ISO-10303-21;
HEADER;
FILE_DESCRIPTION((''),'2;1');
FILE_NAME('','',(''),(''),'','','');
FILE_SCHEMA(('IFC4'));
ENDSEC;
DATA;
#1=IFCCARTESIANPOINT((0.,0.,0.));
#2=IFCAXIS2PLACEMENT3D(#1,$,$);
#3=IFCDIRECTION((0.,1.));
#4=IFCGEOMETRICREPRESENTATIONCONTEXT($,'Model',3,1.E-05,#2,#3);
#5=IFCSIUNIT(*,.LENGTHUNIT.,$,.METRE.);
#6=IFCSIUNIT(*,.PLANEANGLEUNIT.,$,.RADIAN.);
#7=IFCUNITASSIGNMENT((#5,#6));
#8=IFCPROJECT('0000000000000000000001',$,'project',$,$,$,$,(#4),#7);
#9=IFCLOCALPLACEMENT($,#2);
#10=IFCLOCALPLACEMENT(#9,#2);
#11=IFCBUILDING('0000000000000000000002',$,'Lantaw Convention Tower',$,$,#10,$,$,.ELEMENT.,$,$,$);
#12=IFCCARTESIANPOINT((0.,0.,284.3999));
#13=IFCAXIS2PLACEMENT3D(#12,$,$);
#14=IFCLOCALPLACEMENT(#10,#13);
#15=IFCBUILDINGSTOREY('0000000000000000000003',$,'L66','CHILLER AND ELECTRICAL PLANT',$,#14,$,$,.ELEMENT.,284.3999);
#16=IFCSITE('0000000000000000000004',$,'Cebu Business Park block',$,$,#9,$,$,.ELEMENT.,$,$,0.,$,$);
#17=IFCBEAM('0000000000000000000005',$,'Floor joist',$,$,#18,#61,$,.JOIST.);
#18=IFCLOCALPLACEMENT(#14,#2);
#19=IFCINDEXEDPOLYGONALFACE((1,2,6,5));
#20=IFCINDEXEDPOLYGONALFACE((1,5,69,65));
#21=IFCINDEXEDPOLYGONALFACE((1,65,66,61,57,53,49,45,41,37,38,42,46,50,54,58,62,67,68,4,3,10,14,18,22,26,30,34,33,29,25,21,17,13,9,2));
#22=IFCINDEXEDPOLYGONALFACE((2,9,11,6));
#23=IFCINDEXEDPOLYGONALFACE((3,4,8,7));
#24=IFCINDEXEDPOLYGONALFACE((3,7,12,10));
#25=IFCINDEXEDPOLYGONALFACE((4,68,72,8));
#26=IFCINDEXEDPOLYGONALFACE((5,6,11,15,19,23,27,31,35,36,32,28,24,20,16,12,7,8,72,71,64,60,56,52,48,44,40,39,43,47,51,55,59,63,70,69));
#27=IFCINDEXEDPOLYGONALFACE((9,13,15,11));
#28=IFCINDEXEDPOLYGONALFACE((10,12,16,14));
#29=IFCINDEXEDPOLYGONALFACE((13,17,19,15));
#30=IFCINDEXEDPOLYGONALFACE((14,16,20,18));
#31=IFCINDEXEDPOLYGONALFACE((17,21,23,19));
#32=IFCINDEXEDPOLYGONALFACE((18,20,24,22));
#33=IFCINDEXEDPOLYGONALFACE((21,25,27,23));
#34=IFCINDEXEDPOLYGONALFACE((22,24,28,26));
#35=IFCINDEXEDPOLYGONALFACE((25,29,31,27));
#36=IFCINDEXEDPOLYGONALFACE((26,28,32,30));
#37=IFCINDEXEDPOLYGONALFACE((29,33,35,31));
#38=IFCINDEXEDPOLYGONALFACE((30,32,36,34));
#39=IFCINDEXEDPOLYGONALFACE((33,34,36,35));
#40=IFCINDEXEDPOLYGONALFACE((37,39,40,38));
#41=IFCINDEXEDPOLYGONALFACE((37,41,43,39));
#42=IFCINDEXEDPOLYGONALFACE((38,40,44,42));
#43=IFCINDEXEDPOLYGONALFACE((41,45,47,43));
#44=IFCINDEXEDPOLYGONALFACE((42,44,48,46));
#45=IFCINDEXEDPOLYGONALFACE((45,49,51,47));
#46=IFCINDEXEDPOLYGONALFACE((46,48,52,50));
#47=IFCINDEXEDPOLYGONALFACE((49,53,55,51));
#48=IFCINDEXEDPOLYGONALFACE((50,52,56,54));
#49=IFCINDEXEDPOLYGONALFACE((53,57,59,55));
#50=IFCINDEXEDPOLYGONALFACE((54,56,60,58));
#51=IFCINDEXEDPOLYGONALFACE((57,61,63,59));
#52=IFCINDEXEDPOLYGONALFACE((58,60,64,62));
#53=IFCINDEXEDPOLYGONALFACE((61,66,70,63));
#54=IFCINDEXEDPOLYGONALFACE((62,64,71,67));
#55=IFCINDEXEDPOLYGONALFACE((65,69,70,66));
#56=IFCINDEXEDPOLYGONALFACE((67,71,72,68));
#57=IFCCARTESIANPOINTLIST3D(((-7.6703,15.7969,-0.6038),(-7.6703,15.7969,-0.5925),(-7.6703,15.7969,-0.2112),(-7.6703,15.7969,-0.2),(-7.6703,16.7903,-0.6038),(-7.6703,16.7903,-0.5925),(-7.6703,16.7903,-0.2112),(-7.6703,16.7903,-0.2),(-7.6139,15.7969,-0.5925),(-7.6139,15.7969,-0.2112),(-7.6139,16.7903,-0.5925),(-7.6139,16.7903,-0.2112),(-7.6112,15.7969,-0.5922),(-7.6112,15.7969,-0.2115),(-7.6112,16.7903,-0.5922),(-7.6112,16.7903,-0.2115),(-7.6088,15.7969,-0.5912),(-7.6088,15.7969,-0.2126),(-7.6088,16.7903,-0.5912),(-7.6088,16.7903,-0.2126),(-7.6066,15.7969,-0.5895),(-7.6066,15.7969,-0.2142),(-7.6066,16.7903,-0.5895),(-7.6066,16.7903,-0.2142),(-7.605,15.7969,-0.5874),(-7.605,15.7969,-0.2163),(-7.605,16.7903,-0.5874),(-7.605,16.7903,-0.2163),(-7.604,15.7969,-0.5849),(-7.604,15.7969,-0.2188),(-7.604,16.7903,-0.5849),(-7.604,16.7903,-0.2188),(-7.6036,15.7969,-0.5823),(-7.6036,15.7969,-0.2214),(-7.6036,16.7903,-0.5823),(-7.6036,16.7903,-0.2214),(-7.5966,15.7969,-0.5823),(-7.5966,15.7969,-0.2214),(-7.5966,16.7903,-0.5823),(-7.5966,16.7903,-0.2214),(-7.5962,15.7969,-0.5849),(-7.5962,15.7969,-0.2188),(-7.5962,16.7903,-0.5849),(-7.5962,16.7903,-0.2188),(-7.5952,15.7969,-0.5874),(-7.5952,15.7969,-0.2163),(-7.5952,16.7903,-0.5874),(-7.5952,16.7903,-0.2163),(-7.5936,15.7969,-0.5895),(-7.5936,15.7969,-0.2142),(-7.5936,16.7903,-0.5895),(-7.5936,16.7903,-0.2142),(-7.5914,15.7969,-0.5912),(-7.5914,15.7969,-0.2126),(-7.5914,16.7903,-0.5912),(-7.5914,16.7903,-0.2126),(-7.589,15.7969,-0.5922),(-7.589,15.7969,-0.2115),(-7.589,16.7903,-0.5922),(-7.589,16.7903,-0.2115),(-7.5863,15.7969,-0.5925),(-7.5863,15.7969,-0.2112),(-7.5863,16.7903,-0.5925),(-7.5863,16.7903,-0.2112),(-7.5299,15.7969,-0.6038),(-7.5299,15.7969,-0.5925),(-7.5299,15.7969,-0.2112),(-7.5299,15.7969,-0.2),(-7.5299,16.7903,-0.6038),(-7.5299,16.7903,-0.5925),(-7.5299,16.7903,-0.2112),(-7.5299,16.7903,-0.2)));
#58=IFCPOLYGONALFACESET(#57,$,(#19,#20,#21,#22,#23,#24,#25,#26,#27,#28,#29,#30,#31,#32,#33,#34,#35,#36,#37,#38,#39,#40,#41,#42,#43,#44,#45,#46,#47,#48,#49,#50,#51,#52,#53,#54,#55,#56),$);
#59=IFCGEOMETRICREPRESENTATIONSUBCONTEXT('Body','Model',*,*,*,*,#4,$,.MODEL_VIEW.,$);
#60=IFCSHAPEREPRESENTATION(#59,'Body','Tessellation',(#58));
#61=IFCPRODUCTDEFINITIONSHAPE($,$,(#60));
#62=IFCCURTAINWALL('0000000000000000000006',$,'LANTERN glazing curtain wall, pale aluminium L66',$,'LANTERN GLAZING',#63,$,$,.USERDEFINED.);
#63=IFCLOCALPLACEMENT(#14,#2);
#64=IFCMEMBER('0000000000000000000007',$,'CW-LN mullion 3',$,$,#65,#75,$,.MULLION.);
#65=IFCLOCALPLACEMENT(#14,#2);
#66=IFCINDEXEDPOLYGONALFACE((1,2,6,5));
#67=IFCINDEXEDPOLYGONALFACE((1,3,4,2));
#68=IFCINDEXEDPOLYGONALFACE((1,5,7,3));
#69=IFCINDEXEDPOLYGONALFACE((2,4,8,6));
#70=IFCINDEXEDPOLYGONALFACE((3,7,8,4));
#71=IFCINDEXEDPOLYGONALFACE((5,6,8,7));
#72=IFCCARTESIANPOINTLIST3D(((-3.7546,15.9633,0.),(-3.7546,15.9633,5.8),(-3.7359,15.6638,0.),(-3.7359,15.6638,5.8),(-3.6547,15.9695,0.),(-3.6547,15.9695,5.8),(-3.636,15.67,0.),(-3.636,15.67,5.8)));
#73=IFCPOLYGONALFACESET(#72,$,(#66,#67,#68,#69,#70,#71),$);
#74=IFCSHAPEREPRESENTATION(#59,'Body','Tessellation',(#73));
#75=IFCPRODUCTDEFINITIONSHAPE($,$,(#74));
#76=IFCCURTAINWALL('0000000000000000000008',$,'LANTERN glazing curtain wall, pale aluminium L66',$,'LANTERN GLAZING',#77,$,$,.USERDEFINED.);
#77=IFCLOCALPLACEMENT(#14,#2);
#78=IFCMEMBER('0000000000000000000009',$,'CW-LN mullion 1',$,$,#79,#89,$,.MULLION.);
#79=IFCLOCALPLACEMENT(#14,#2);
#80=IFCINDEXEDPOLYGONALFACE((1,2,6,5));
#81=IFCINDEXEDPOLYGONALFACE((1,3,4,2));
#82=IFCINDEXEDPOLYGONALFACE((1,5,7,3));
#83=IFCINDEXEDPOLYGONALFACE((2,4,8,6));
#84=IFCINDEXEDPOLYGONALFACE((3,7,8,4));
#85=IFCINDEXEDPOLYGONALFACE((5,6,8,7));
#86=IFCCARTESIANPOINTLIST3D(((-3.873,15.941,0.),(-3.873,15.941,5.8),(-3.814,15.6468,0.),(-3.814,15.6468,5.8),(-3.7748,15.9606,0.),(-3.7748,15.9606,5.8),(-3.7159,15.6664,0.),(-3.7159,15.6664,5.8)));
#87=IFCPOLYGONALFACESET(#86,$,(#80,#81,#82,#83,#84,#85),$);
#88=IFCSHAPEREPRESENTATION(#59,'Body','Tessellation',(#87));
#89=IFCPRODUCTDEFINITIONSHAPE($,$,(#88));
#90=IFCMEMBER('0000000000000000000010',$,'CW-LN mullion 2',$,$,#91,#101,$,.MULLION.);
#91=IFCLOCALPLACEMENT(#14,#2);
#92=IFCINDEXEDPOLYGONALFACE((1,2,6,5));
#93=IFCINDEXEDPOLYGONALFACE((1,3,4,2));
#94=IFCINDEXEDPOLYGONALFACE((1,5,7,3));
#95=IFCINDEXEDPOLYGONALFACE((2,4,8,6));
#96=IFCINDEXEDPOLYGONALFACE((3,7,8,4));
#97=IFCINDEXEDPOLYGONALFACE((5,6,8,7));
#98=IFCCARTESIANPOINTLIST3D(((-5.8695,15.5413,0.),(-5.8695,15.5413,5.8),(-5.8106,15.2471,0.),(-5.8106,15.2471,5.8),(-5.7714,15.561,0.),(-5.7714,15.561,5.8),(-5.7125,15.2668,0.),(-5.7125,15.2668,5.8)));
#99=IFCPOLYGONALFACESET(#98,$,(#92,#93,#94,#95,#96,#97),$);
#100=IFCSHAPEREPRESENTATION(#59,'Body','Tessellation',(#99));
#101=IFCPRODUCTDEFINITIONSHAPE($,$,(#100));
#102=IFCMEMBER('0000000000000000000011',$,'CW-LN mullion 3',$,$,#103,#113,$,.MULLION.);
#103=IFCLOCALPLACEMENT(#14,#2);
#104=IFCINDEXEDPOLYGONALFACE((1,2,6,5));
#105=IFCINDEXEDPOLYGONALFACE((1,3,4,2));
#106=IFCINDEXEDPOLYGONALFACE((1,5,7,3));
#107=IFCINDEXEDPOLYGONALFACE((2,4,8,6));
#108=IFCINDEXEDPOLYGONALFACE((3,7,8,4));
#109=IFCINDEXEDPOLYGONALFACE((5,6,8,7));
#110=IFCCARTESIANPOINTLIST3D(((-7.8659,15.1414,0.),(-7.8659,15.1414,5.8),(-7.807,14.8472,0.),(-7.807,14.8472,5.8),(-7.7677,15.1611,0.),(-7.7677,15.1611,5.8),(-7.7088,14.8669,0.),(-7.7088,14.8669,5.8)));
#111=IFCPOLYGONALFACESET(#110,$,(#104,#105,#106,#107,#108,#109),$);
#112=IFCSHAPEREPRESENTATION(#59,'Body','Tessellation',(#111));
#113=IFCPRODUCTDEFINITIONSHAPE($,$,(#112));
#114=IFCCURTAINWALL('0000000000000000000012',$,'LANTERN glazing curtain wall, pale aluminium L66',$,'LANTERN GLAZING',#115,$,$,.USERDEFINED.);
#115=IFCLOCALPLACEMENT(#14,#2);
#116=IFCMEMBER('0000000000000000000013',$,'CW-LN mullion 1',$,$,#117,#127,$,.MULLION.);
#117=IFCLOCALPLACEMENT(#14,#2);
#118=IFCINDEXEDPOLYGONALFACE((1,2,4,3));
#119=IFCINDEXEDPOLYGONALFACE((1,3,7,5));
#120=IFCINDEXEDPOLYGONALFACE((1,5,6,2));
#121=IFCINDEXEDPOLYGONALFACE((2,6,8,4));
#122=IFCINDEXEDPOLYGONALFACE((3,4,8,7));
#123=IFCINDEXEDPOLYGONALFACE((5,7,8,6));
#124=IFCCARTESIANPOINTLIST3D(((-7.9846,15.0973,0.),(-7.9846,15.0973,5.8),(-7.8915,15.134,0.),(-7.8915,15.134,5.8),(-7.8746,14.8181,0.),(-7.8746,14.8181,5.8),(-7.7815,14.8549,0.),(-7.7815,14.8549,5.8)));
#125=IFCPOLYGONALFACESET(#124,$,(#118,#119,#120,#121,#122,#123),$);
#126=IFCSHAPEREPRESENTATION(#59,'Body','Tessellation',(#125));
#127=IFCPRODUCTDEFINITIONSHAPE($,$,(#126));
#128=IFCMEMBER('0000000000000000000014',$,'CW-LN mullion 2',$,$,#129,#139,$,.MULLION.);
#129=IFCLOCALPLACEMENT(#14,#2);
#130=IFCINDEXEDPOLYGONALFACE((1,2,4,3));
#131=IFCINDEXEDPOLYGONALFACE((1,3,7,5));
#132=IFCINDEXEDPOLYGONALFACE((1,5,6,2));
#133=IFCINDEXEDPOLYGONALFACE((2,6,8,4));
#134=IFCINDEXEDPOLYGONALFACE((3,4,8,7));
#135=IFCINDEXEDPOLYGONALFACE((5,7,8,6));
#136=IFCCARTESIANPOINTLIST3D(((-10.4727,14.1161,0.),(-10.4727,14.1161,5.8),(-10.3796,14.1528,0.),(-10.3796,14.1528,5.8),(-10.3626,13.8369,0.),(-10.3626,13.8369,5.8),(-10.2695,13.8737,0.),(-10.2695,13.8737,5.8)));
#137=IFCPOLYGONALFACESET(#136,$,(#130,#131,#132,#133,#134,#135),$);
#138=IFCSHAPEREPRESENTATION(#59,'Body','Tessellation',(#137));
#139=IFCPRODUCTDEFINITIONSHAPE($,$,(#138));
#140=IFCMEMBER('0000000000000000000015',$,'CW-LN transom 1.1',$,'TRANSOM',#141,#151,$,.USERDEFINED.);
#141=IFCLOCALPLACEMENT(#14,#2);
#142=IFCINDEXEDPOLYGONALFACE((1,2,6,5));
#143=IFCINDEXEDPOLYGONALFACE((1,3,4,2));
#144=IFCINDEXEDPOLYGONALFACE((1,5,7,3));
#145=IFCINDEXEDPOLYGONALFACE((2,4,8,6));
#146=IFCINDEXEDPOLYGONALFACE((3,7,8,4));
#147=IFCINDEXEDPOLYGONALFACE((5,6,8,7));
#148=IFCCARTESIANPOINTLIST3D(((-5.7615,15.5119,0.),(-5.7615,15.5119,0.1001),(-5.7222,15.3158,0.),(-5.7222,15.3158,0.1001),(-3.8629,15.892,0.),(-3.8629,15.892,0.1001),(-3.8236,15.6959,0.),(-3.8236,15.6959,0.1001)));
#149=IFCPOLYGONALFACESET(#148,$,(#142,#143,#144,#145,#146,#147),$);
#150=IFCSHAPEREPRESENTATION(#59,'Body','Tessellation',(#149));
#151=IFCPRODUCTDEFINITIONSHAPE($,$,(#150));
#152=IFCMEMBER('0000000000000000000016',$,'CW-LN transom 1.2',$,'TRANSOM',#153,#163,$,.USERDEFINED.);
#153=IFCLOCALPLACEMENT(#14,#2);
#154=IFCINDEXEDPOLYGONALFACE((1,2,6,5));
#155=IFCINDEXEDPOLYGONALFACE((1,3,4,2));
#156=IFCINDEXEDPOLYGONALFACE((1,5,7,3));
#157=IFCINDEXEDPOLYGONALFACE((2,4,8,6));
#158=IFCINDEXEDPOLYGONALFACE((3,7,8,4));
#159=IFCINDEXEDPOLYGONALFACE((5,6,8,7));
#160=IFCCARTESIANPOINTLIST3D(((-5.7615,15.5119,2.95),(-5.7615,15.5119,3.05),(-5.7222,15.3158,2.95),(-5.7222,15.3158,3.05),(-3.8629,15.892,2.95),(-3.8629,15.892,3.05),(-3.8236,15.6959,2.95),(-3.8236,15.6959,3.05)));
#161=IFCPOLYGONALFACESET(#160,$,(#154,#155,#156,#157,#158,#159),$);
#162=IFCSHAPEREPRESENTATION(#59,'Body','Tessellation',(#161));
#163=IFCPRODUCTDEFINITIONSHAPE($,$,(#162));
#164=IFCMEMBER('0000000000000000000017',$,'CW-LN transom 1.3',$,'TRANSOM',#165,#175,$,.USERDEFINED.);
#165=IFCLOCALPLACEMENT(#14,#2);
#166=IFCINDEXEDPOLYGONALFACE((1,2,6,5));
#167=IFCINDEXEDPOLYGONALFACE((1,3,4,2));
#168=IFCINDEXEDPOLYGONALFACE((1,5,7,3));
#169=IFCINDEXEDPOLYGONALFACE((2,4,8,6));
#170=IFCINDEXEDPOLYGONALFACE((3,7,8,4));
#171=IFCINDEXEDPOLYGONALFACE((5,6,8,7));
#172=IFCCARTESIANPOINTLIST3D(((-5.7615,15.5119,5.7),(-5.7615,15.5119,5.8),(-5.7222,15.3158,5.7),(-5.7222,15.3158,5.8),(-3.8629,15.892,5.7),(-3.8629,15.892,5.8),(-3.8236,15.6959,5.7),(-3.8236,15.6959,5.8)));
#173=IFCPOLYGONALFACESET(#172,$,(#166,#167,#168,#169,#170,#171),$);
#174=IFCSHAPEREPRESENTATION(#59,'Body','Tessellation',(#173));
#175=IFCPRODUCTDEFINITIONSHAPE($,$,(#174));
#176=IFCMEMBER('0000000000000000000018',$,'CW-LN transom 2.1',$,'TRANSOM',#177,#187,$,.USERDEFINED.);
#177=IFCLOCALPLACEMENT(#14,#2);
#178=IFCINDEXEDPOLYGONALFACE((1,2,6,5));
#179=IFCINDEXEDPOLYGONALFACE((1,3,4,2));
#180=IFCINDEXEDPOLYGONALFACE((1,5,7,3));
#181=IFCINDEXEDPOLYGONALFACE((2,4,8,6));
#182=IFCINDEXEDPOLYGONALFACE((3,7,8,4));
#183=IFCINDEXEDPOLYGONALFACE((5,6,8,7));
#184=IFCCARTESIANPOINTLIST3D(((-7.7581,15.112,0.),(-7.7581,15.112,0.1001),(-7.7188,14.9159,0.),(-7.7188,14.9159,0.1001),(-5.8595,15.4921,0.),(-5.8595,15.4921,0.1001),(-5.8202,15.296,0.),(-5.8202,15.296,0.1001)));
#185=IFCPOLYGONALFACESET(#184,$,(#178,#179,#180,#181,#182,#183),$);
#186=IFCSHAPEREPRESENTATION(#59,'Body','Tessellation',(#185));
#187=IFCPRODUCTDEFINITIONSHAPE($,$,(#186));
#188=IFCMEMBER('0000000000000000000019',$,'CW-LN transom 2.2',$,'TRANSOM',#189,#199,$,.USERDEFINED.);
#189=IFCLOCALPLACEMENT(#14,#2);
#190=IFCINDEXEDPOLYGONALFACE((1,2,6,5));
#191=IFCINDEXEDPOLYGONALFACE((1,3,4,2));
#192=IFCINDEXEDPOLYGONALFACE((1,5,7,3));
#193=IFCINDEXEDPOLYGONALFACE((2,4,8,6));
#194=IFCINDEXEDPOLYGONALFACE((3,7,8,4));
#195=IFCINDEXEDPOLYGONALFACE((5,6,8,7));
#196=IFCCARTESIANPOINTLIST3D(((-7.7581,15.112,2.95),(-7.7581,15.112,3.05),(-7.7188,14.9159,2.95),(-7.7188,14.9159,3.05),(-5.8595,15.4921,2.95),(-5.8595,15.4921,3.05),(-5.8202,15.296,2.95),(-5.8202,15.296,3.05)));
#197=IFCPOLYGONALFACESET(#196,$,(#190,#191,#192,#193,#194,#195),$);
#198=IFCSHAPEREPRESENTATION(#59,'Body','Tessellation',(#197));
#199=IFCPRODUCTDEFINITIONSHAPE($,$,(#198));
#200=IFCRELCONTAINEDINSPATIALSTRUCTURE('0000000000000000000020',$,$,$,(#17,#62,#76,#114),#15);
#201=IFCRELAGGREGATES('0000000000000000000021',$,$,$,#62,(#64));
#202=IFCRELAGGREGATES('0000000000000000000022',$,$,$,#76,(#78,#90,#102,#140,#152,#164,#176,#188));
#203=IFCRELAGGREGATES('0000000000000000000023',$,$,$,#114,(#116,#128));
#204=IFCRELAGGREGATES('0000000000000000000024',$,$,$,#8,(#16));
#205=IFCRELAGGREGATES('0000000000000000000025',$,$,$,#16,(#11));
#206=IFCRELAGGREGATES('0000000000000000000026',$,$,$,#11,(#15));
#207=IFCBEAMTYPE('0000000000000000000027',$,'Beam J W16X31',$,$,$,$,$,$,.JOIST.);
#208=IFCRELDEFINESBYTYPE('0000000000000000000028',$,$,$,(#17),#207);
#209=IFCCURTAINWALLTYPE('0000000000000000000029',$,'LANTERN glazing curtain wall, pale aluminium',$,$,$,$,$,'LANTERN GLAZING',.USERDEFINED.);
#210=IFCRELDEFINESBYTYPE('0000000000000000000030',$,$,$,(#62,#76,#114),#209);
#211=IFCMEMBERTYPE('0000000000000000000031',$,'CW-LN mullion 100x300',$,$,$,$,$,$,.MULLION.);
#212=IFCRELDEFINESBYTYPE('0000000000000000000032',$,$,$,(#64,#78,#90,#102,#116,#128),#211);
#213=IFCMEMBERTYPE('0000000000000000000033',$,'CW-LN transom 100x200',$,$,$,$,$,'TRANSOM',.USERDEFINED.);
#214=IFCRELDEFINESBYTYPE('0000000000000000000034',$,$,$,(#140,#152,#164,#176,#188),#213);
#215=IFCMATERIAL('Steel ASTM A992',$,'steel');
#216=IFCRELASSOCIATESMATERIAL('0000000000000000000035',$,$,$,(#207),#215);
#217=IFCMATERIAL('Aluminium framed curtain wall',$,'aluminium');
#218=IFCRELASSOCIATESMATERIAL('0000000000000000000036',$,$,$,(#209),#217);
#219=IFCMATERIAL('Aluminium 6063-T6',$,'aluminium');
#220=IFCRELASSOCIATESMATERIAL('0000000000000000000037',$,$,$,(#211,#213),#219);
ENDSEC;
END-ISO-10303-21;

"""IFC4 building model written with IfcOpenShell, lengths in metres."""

from ifc_helpers import new_model, si_unit, direction, frame, origin, origin_2d, place, context, subcontext, project, spatial, rectangle, i_section, extrude, material, material_profile, profile_set, type_object, element, aggregate, save


model = new_model("IFC4")

# Units and contexts
model_context = context("Model", 3, precision=1e-05, world=origin(), true_north=direction((0.0, 1.0)))
body_context = subcontext(model_context, "Body", "Model", "MODEL_VIEW")
ifc_project = project(units=[si_unit("LENGTHUNIT", "METRE"), si_unit("PLANEANGLEUNIT", "RADIAN")], contexts=[model_context])

# Site, building, storey
site_placement = place(None, origin())
site = spatial("IfcSite", under=ifc_project, at=site_placement, Name="Cebu Business Park block", CompositionType="ELEMENT", RefElevation=0.0)
building_placement = place(site_placement, origin())
building = spatial("IfcBuilding", under=site, at=building_placement, Name="Lantaw Convention Tower", CompositionType="ELEMENT")
storey_placement = place(building_placement, frame((0.0, 0.0, 284.3999)))
storey = spatial("IfcBuildingStorey", under=building, at=storey_placement, Name="L66", Description="CHILLER AND ELECTRICAL PLANT", CompositionType="ELEMENT", Elevation=284.3999)

# Beam
ifc_material_1 = material(Name="Steel ASTM A992", Category="steel")
ifc_material_profile_1 = material_profile(ifc_material_1, i_section(OverallWidth=0.1404, OverallDepth=0.4038, WebThickness=0.0071, FlangeThickness=0.0112, FilletRadius=0.0103, at=origin_2d()), Name="W16X31")
ifc_profile_set_1 = profile_set([ifc_material_profile_1], Name="Steel ASTM A992")
beam_type = type_object("IfcBeamType", Name="Beam J W16X31", PredefinedType="JOIST", material=ifc_profile_set_1)
beam_placement = place(storey_placement, frame((-7.6001, 15.7969, -0.4019), z_axis=(0.0, 1.0, 0.0), x_axis=(-1.0, 0.0, 0.0)))
element("IfcBeam", 1, at=beam_placement, inside=storey, type_object=beam_type, Name="Floor joist", PredefinedType="JOIST", context=body_context, shape_type="SweptSolid", body=[
    extrude(i_section(OverallWidth=0.1404, OverallDepth=0.4038, WebThickness=0.0071, FlangeThickness=0.0112, FilletRadius=0.0103, at=origin_2d()), origin(), (0.0, 0.0, 1.0), 0.9934),
])

# Curtain wall, member
ifc_material_2 = material(Name="Aluminium framed curtain wall", Category="aluminium")
curtain_wall_type = type_object("IfcCurtainWallType", Name="LANTERN glazing curtain wall, pale aluminium", ElementType="LANTERN GLAZING", PredefinedType="USERDEFINED", material=ifc_material_2)
curtain_wall_1_placement = place(storey_placement, origin())
curtain_wall_1 = element("IfcCurtainWall", 2, at=curtain_wall_1_placement, inside=storey, type_object=curtain_wall_type, Name="LANTERN glazing curtain wall, pale aluminium L66", ObjectType="LANTERN GLAZING", PredefinedType="USERDEFINED")
ifc_material_3 = material(Name="Aluminium 6063-T6", Category="aluminium")
ifc_material_profile_2 = material_profile(ifc_material_3, rectangle(XDim=0.3, YDim=0.1001, at=origin_2d()), Name="CW-LN mullion 100x300")
ifc_profile_set_2 = profile_set([ifc_material_profile_2], Name="Aluminium 6063-T6")
member_type_1 = type_object("IfcMemberType", Name="CW-LN mullion 100x300", PredefinedType="MULLION", material=ifc_profile_set_2)
member_1_placement = place(storey_placement, frame((-3.6953, 15.8167, 0.0), z_axis=(0.0, 0.0, 1.0), x_axis=(0.062489, -0.998046, 0.0)))
member_1 = element("IfcMember", 3, at=member_1_placement, type_object=member_type_1, Name="CW-LN mullion 3", PredefinedType="MULLION", context=body_context, shape_type="SweptSolid", body=[
    extrude(rectangle(XDim=0.3, YDim=0.1001, at=origin_2d()), origin(), (0.0, 0.0, 1.0), 5.8),
])

# Curtain walls, members
curtain_wall_2_placement = place(storey_placement, origin())
curtain_wall_2 = element("IfcCurtainWall", 4, at=curtain_wall_2_placement, inside=storey, type_object=curtain_wall_type, Name="LANTERN glazing curtain wall, pale aluminium L66", ObjectType="LANTERN GLAZING", PredefinedType="USERDEFINED")
member_2_placement = place(storey_placement, frame((-3.7944, 15.8037, 0.0), z_axis=(0.0, 0.0, 1.0), x_axis=(0.196367, -0.98053, 0.0)))
member_2 = element("IfcMember", 5, at=member_2_placement, type_object=member_type_1, Name="CW-LN mullion 1", PredefinedType="MULLION", context=body_context, shape_type="SweptSolid", body=[
    extrude(rectangle(XDim=0.3, YDim=0.1001, at=origin_2d()), origin(), (0.0, 0.0, 1.0), 5.8),
])
member_3_placement = place(storey_placement, frame((-5.791, 15.4041, 0.0), z_axis=(0.0, 0.0, 1.0), x_axis=(0.196367, -0.98053, 0.0)))
member_3 = element("IfcMember", 6, at=member_3_placement, type_object=member_type_1, Name="CW-LN mullion 2", PredefinedType="MULLION", context=body_context, shape_type="SweptSolid", body=[
    extrude(rectangle(XDim=0.3, YDim=0.1001, at=origin_2d()), origin(), (0.0, 0.0, 1.0), 5.8),
])
member_4_placement = place(storey_placement, frame((-7.7874, 15.0042, 0.0), z_axis=(0.0, 0.0, 1.0), x_axis=(0.196367, -0.98053, 0.0)))
member_4 = element("IfcMember", 7, at=member_4_placement, type_object=member_type_1, Name="CW-LN mullion 3", PredefinedType="MULLION", context=body_context, shape_type="SweptSolid", body=[
    extrude(rectangle(XDim=0.3, YDim=0.1001, at=origin_2d()), origin(), (0.0, 0.0, 1.0), 5.8),
])
curtain_wall_3_placement = place(storey_placement, origin())
curtain_wall_3 = element("IfcCurtainWall", 8, at=curtain_wall_3_placement, inside=storey, type_object=curtain_wall_type, Name="LANTERN glazing curtain wall, pale aluminium L66", ObjectType="LANTERN GLAZING", PredefinedType="USERDEFINED")
member_5_placement = place(storey_placement, frame((-7.8831, 14.9761, 0.0), z_axis=(0.0, 0.0, 1.0), x_axis=(0.366802, -0.930299, 0.0)))
member_5 = element("IfcMember", 9, at=member_5_placement, type_object=member_type_1, Name="CW-LN mullion 1", PredefinedType="MULLION", context=body_context, shape_type="SweptSolid", body=[
    extrude(rectangle(XDim=0.3, YDim=0.1001, at=origin_2d()), origin(), (0.0, 0.0, 1.0), 5.8),
])
member_6_placement = place(storey_placement, frame((-10.3711, 13.9949, 0.0), z_axis=(0.0, 0.0, 1.0), x_axis=(0.366802, -0.930299, 0.0)))
member_6 = element("IfcMember", 10, at=member_6_placement, type_object=member_type_1, Name="CW-LN mullion 2", PredefinedType="MULLION", context=body_context, shape_type="SweptSolid", body=[
    extrude(rectangle(XDim=0.3, YDim=0.1001, at=origin_2d()), origin(), (0.0, 0.0, 1.0), 5.8),
])

# Members
ifc_material_profile_3 = material_profile(ifc_material_3, rectangle(XDim=0.2, YDim=0.1001, at=origin_2d()), Name="CW-LN transom 100x200")
ifc_profile_set_3 = profile_set([ifc_material_profile_3], Name="Aluminium 6063-T6")
member_type_2 = type_object("IfcMemberType", Name="CW-LN transom 100x200", ElementType="TRANSOM", PredefinedType="USERDEFINED", material=ifc_profile_set_3)
member_7_placement = place(storey_placement, frame((-3.8433, 15.7939, 0.05), z_axis=(-0.980542, -0.19631, 0.0), x_axis=(0.19631, -0.980542, 0.0)))
member_7 = element("IfcMember", 11, at=member_7_placement, type_object=member_type_2, Name="CW-LN transom 1.1", ObjectType="TRANSOM", PredefinedType="USERDEFINED", context=body_context, shape_type="SweptSolid", body=[
    extrude(rectangle(XDim=0.2, YDim=0.1001, at=origin_2d()), origin(), (0.0, 0.0, 1.0), 1.9363),
])
member_8_placement = place(storey_placement, frame((-3.8433, 15.7939, 3.0), z_axis=(-0.980542, -0.19631, 0.0), x_axis=(0.19631, -0.980542, 0.0)))
member_8 = element("IfcMember", 12, at=member_8_placement, type_object=member_type_2, Name="CW-LN transom 1.2", ObjectType="TRANSOM", PredefinedType="USERDEFINED", context=body_context, shape_type="SweptSolid", body=[
    extrude(rectangle(XDim=0.2, YDim=0.1001, at=origin_2d()), origin(), (0.0, 0.0, 1.0), 1.9363),
])
member_9_placement = place(storey_placement, frame((-3.8433, 15.7939, 5.75), z_axis=(-0.980542, -0.19631, 0.0), x_axis=(0.19631, -0.980542, 0.0)))
member_9 = element("IfcMember", 13, at=member_9_placement, type_object=member_type_2, Name="CW-LN transom 1.3", ObjectType="TRANSOM", PredefinedType="USERDEFINED", context=body_context, shape_type="SweptSolid", body=[
    extrude(rectangle(XDim=0.2, YDim=0.1001, at=origin_2d()), origin(), (0.0, 0.0, 1.0), 1.9363),
])
member_10_placement = place(storey_placement, frame((-5.8398, 15.394, 0.05), z_axis=(-0.980542, -0.19631, 0.0), x_axis=(0.19631, -0.980542, 0.0)))
member_10 = element("IfcMember", 14, at=member_10_placement, type_object=member_type_2, Name="CW-LN transom 2.1", ObjectType="TRANSOM", PredefinedType="USERDEFINED", context=body_context, shape_type="SweptSolid", body=[
    extrude(rectangle(XDim=0.2, YDim=0.1001, at=origin_2d()), origin(), (0.0, 0.0, 1.0), 1.9363),
])
member_11_placement = place(storey_placement, frame((-5.8398, 15.394, 3.0), z_axis=(-0.980542, -0.19631, 0.0), x_axis=(0.19631, -0.980542, 0.0)))
member_11 = element("IfcMember", 15, at=member_11_placement, type_object=member_type_2, Name="CW-LN transom 2.2", ObjectType="TRANSOM", PredefinedType="USERDEFINED", context=body_context, shape_type="SweptSolid", body=[
    extrude(rectangle(XDim=0.2, YDim=0.1001, at=origin_2d()), origin(), (0.0, 0.0, 1.0), 1.9363),
])

aggregate(curtain_wall_1, [member_1])
aggregate(curtain_wall_2, [member_2, member_3, member_4, member_7, member_8, member_9, member_10, member_11])
aggregate(curtain_wall_3, [member_5, member_6])

save(model, "model.ifc")
